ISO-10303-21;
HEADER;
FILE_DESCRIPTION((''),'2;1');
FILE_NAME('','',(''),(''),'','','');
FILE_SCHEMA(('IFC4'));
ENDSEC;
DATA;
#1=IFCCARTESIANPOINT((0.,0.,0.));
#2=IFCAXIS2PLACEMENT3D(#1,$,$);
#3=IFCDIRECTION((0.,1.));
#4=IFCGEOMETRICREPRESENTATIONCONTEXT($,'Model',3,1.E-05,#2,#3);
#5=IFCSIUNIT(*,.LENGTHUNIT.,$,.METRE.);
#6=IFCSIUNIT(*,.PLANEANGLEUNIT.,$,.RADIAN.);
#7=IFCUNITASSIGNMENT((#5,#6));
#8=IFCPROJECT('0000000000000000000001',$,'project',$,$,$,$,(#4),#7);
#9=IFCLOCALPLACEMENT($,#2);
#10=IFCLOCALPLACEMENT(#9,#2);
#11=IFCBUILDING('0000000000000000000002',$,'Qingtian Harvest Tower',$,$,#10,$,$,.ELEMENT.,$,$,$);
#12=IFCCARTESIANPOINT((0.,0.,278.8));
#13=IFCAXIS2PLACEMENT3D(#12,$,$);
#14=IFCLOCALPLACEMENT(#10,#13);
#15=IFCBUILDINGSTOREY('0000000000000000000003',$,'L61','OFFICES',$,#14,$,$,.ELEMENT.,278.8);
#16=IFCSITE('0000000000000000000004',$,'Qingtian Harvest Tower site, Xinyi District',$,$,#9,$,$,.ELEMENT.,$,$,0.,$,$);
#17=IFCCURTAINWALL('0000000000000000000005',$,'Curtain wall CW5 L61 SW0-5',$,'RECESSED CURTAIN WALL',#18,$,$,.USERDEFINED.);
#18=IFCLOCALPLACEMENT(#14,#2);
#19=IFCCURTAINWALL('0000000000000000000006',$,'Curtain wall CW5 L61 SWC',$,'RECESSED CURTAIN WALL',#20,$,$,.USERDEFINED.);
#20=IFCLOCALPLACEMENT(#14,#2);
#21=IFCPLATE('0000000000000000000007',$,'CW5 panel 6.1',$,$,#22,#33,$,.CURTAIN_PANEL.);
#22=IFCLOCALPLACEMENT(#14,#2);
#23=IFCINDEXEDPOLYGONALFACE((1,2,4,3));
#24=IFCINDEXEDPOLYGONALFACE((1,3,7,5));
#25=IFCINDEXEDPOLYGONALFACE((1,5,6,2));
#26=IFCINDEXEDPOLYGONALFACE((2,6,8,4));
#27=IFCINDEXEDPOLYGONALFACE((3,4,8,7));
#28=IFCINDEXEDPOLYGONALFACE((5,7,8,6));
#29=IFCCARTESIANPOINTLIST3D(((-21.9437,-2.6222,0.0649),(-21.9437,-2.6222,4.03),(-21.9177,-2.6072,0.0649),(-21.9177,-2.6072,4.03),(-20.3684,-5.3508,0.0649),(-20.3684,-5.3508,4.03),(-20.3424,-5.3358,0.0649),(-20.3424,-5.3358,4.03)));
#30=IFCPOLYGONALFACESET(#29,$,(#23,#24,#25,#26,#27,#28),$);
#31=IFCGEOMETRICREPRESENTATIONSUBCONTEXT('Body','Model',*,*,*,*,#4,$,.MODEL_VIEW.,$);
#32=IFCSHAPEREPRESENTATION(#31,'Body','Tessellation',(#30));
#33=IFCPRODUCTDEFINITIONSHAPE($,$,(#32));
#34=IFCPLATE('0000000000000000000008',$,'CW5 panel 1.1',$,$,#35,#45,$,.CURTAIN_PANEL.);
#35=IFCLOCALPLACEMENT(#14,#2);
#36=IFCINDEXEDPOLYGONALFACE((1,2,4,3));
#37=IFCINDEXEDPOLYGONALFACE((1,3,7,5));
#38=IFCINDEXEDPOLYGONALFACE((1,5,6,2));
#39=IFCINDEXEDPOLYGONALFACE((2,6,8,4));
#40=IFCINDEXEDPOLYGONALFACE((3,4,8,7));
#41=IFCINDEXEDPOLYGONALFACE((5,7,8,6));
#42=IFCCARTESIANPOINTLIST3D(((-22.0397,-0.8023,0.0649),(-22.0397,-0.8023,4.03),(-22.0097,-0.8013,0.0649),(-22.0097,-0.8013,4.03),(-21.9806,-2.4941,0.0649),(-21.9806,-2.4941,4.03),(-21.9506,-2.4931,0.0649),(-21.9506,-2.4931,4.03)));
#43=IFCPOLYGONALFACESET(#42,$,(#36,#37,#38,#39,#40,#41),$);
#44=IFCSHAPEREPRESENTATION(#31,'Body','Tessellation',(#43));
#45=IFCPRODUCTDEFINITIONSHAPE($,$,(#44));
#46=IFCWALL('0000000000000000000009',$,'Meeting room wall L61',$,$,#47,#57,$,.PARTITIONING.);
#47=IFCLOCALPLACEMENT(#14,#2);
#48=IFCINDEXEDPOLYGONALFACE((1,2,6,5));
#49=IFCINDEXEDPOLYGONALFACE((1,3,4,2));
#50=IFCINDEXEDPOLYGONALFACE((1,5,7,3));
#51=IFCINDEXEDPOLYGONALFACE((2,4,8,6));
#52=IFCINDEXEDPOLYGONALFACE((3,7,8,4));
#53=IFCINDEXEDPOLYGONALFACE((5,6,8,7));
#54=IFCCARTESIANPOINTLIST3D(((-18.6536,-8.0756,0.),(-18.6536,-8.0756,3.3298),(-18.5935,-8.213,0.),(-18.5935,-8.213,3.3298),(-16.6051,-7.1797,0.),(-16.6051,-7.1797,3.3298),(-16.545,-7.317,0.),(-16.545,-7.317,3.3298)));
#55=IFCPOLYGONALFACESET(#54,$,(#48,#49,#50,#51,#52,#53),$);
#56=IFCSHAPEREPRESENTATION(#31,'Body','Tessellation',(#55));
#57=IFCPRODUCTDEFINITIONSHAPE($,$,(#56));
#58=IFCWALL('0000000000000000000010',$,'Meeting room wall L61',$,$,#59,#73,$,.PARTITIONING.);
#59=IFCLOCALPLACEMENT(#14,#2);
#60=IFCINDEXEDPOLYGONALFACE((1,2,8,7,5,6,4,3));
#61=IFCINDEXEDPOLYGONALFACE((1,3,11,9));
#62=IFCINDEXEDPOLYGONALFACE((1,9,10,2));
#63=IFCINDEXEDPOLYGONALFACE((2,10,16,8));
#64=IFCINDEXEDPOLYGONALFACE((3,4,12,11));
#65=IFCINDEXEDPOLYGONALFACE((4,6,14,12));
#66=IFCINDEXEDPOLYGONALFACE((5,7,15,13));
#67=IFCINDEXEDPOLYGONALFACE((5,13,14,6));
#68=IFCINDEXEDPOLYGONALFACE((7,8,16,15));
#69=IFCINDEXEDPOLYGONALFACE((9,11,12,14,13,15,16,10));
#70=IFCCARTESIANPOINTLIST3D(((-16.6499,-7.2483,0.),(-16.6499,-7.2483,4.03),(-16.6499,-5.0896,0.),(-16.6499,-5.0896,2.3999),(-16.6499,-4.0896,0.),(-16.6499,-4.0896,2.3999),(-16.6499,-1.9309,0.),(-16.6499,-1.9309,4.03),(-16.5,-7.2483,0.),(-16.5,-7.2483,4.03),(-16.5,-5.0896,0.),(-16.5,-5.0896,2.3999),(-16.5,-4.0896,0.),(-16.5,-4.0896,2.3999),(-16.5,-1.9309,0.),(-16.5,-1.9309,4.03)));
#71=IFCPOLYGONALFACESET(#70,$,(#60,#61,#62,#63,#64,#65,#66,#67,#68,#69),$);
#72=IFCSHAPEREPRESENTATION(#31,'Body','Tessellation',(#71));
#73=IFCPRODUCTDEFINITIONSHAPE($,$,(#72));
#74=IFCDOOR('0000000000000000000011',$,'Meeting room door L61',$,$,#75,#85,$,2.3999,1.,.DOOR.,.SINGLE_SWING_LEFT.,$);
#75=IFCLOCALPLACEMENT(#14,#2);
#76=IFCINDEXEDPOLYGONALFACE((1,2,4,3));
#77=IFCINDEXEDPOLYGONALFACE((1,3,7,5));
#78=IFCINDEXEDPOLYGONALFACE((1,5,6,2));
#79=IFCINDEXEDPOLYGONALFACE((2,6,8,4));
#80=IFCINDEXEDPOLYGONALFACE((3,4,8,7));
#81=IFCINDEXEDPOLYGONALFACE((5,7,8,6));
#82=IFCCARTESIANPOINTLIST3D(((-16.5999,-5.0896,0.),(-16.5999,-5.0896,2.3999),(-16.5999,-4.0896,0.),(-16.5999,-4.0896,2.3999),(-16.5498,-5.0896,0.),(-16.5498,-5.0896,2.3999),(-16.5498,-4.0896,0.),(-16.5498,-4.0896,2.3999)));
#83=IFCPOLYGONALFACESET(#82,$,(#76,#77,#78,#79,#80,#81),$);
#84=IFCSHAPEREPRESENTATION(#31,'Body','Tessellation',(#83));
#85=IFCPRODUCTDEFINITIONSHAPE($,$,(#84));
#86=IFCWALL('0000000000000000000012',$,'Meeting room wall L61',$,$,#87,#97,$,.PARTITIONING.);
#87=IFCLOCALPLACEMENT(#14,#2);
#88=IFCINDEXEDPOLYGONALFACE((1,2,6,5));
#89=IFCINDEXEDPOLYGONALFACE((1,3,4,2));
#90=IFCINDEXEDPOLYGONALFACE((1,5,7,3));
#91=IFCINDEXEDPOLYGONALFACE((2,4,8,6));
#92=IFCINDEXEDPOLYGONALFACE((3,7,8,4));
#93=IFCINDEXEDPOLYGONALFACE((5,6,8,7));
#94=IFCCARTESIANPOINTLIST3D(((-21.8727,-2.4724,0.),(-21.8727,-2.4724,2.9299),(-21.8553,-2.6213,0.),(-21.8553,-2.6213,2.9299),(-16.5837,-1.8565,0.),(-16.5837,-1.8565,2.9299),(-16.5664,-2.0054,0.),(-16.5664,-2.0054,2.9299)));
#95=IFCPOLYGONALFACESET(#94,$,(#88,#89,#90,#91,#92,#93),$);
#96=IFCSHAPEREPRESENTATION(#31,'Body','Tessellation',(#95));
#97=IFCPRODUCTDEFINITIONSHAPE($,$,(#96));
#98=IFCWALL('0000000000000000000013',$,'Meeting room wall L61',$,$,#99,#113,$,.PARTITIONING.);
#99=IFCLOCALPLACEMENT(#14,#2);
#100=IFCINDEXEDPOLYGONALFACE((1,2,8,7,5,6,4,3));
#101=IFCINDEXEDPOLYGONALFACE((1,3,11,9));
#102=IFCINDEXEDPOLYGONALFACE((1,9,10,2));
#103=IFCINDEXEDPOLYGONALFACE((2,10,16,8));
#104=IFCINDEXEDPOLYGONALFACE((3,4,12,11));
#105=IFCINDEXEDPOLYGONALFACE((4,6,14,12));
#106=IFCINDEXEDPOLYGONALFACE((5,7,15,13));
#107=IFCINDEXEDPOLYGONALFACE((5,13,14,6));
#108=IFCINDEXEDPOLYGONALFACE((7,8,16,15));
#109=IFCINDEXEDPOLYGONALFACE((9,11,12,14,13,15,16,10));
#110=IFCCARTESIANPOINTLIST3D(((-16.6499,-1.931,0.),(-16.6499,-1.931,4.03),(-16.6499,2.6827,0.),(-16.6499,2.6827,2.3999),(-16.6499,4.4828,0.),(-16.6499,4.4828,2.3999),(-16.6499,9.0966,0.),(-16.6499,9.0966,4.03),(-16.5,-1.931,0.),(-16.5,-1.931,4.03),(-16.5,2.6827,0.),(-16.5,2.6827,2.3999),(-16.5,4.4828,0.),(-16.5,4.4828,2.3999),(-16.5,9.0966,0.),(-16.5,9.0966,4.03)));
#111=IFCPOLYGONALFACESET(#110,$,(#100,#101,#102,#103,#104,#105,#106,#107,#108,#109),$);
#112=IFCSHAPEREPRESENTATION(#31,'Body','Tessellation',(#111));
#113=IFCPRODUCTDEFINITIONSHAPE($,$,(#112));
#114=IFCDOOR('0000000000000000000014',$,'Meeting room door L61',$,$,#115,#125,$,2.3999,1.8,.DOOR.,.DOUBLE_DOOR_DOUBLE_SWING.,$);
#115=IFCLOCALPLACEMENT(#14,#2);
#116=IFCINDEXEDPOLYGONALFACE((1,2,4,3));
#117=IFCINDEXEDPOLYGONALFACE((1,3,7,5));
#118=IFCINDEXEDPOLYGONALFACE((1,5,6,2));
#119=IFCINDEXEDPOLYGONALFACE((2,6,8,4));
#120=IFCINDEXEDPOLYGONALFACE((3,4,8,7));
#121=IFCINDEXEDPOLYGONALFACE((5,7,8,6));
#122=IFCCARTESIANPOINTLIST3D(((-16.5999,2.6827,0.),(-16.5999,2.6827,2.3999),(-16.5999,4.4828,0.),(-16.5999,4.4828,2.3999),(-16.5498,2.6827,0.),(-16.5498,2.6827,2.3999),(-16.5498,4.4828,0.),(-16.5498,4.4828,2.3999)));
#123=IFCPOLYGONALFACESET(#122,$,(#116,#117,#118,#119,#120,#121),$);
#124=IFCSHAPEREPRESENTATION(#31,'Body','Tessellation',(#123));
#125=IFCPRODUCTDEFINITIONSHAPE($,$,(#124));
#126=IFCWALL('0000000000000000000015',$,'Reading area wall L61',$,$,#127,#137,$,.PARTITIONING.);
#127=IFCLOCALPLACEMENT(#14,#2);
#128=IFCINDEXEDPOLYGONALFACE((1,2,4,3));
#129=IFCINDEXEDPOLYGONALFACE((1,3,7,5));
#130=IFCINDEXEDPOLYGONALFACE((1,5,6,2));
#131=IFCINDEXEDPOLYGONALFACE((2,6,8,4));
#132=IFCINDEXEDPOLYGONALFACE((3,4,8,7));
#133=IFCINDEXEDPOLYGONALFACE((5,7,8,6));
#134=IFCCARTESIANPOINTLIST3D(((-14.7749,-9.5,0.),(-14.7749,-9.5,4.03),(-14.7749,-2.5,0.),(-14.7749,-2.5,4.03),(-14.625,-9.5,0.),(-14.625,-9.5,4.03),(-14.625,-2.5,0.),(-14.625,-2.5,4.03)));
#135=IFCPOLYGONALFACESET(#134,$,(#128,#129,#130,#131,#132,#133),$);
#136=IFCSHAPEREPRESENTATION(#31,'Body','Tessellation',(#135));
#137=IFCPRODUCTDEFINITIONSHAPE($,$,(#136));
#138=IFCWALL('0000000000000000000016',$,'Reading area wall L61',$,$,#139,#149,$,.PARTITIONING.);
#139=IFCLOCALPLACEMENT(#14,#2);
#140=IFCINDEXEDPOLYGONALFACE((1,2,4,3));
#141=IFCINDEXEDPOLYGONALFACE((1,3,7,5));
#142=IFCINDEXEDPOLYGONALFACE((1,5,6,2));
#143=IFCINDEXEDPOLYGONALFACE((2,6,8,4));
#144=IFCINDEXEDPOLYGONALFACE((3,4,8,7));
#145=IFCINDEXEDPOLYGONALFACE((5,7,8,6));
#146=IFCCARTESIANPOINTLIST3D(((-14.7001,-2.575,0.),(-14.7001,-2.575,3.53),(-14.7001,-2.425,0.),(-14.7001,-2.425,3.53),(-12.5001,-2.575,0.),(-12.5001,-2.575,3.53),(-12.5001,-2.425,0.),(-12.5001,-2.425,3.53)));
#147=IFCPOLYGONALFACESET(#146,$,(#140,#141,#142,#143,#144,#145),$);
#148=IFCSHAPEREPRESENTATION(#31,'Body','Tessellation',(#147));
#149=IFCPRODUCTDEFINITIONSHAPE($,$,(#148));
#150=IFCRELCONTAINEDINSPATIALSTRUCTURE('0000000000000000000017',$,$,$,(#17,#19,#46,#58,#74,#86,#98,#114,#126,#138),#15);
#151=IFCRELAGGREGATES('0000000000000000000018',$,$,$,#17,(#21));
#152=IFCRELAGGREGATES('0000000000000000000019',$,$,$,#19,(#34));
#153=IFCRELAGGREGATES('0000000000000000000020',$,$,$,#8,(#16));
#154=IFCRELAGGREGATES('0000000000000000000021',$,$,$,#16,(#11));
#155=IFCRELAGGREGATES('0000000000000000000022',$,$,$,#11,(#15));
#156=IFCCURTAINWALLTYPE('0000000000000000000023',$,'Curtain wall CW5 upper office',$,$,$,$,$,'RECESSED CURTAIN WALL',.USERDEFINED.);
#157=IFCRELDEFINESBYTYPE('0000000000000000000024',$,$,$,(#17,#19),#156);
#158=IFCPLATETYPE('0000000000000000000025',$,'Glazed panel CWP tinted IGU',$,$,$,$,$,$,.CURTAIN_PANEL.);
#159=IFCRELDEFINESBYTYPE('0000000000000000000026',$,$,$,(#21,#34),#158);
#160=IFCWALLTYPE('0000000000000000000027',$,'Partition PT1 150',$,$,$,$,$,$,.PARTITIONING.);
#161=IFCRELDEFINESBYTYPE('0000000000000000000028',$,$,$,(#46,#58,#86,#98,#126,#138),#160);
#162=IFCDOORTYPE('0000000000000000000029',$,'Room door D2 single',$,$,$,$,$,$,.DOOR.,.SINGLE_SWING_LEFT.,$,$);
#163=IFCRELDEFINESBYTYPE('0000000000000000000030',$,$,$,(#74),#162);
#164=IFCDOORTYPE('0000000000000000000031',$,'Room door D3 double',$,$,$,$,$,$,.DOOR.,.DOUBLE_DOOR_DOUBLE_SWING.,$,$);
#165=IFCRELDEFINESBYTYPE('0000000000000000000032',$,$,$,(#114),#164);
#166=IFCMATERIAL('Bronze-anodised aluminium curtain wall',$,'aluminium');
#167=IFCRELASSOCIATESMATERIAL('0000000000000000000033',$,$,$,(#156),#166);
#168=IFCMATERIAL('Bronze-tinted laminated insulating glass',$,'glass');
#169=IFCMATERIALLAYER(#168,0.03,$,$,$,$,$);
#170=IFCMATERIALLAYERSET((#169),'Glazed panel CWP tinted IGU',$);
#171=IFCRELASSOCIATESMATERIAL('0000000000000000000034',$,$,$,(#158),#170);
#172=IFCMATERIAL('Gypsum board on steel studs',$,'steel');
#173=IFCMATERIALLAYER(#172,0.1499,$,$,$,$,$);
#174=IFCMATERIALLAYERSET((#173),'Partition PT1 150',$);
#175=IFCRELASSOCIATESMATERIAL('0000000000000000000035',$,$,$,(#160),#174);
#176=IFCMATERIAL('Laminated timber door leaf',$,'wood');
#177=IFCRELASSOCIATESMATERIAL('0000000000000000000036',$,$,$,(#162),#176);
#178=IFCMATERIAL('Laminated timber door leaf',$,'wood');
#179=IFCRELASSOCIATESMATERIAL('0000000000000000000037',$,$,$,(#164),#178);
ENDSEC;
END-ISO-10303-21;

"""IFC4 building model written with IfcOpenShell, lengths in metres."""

from ifc_helpers import new_model, si_unit, direction, frame, frame_2d, origin, origin_2d, place, context, subcontext, project, spatial, rectangle, extrude, material, layer, layer_set, type_object, element, fill, aggregate, save


model = new_model("IFC4")

# Units and contexts
model_context = context("Model", 3, precision=1e-05, world=origin(), true_north=direction((0.0, 1.0)))
body_context = subcontext(model_context, "Body", "Model", "MODEL_VIEW")
ifc_project = project(units=[si_unit("LENGTHUNIT", "METRE"), si_unit("PLANEANGLEUNIT", "RADIAN")], contexts=[model_context])

# Site, building, storey
site_placement = place(None, origin())
site = spatial("IfcSite", under=ifc_project, at=site_placement, Name="Qingtian Harvest Tower site, Xinyi District", CompositionType="ELEMENT", RefElevation=0.0)
building_placement = place(site_placement, origin())
building = spatial("IfcBuilding", under=site, at=building_placement, Name="Qingtian Harvest Tower", CompositionType="ELEMENT")
storey_placement = place(building_placement, frame((0.0, 0.0, 278.8)))
storey = spatial("IfcBuildingStorey", under=building, at=storey_placement, Name="L61", Description="OFFICES", CompositionType="ELEMENT", Elevation=278.8)

# Curtain walls
ifc_material_1 = material(Name="Bronze-anodised aluminium curtain wall", Category="aluminium")
curtain_wall_type = type_object("IfcCurtainWallType", Name="Curtain wall CW5 upper office", ElementType="RECESSED CURTAIN WALL", PredefinedType="USERDEFINED", material=ifc_material_1)
curtain_wall_1_placement = place(storey_placement, origin())
curtain_wall_1 = element("IfcCurtainWall", 1, at=curtain_wall_1_placement, inside=storey, type_object=curtain_wall_type, Name="Curtain wall CW5 L61 SW0-5", ObjectType="RECESSED CURTAIN WALL", PredefinedType="USERDEFINED")
curtain_wall_2_placement = place(storey_placement, origin())
curtain_wall_2 = element("IfcCurtainWall", 2, at=curtain_wall_2_placement, inside=storey, type_object=curtain_wall_type, Name="Curtain wall CW5 L61 SWC", ObjectType="RECESSED CURTAIN WALL", PredefinedType="USERDEFINED")

# Plates
ifc_material_2 = material(Name="Bronze-tinted laminated insulating glass", Category="glass")
ifc_layer_1 = layer(ifc_material_2, 0.03)
ifc_layer_set_1 = layer_set([ifc_layer_1], Name="Glazed panel CWP tinted IGU")
plate_type = type_object("IfcPlateType", Name="Glazed panel CWP tinted IGU", PredefinedType="CURTAIN_PANEL", material=ifc_layer_set_1)
plate_1_placement = place(storey_placement, frame((-21.1431, -3.979, 0.0649), z_axis=(0.0, 0.0, 1.0), x_axis=(-0.5, 0.866025, 0.0)))
plate_1 = element("IfcPlate", 3, at=plate_1_placement, type_object=plate_type, Name="CW5 panel 6.1", PredefinedType="CURTAIN_PANEL", context=body_context, shape_type="SweptSolid", body=[
    extrude(rectangle(XDim=3.1506, YDim=0.03, at=origin_2d()), origin(), (0.0, 0.0, 1.0), 3.9651),
])
aggregate(curtain_wall_1, [plate_1])
plate_2_placement = place(storey_placement, frame((-21.9951, -1.6477, 0.0649), z_axis=(0.0, 0.0, 1.0), x_axis=(-0.034899, 0.999391, 0.0)))
plate_2 = element("IfcPlate", 4, at=plate_2_placement, type_object=plate_type, Name="CW5 panel 1.1", PredefinedType="CURTAIN_PANEL", context=body_context, shape_type="SweptSolid", body=[
    extrude(rectangle(XDim=1.6929, YDim=0.03, at=origin_2d()), origin(), (0.0, 0.0, 1.0), 3.9651),
])
aggregate(curtain_wall_2, [plate_2])

# Wall
ifc_material_3 = material(Name="Gypsum board on steel studs", Category="steel")
ifc_layer_2 = layer(ifc_material_3, 0.1499)
ifc_layer_set_2 = layer_set([ifc_layer_2], Name="Partition PT1 150")
wall_type = type_object("IfcWallType", Name="Partition PT1 150", PredefinedType="PARTITIONING", material=ifc_layer_set_2)
wall_1_placement = place(storey_placement, frame((-18.6235, -8.1443, 0.0), z_axis=(0.0, 0.0, 1.0), x_axis=(0.9162, 0.400721, 0.0)))
element("IfcWall", 5, at=wall_1_placement, inside=storey, type_object=wall_type, Name="Meeting room wall L61", PredefinedType="PARTITIONING", context=body_context, shape_type="SweptSolid", body=[
    extrude(rectangle(XDim=2.2358, YDim=0.1499, at=frame_2d((1.1179, 0.0))), origin(), (0.0, 0.0, 1.0), 3.3298),
])

# Wall, opening, door
wall_2_placement = place(storey_placement, frame((-16.575, -7.2483, 0.0), z_axis=(0.0, 0.0, 1.0), x_axis=(0.0, 1.0, 0.0)))
wall_2 = element("IfcWall", 6, at=wall_2_placement, inside=storey, type_object=wall_type, Name="Meeting room wall L61", PredefinedType="PARTITIONING", context=body_context, shape_type="SweptSolid", body=[
    extrude(rectangle(XDim=5.3174, YDim=0.1499, at=frame_2d((2.6587, 0.0))), origin(), (0.0, 0.0, 1.0), 4.03),
])
opening_1_placement = place(wall_2_placement, frame((2.1587, 0.0, 0.0)))
opening_1 = element("IfcOpeningElement", 7, at=opening_1_placement, cuts=wall_2, PredefinedType="OPENING", context=body_context, shape_type="SweptSolid", body=[
    extrude(rectangle(XDim=1.0, YDim=2.3999, at=frame_2d((0.5, 1.2))), frame((0.0, 0.085, 0.0), z_axis=(0.0, -1.0, 0.0), x_axis=(1.0, 0.0, 0.0)), (0.0, 0.0, 1.0), 0.1699),
])
ifc_material_4 = material(Name="Laminated timber door leaf", Category="wood")
door_type_1 = type_object("IfcDoorType", Name="Room door D2 single", OperationType="SINGLE_SWING_LEFT", PredefinedType="DOOR", material=ifc_material_4)
door_1_placement = place(opening_1_placement, origin())
door_1 = element("IfcDoor", 8, at=door_1_placement, inside=storey, type_object=door_type_1, Name="Meeting room door L61", OperationType="SINGLE_SWING_LEFT", OverallHeight=2.3999, OverallWidth=1.0, PredefinedType="DOOR", context=body_context, shape_type="SweptSolid", body=[
    extrude(rectangle(XDim=1.0, YDim=2.3999, at=frame_2d((0.5, 1.2))), frame((0.0, 0.0249, 0.0), z_axis=(0.0, -1.0, 0.0), x_axis=(1.0, 0.0, 0.0)), (0.0, 0.0, 1.0), 0.05),
])
fill(opening_1, door_1)

# Wall
wall_3_placement = place(storey_placement, frame((-21.864, -2.5469, 0.0), z_axis=(0.0, 0.0, 1.0), x_axis=(0.993287, 0.115679, 0.0)))
element("IfcWall", 9, at=wall_3_placement, inside=storey, type_object=wall_type, Name="Meeting room wall L61", PredefinedType="PARTITIONING", context=body_context, shape_type="SweptSolid", body=[
    extrude(rectangle(XDim=5.3247, YDim=0.1499, at=frame_2d((2.6624, 0.0))), origin(), (0.0, 0.0, 1.0), 2.9299),
])

# Wall, opening, door
wall_4_placement = place(storey_placement, frame((-16.575, -1.9309, 0.0), z_axis=(0.0, 0.0, 1.0), x_axis=(0.0, 1.0, 0.0)))
wall_4 = element("IfcWall", 10, at=wall_4_placement, inside=storey, type_object=wall_type, Name="Meeting room wall L61", PredefinedType="PARTITIONING", context=body_context, shape_type="SweptSolid", body=[
    extrude(rectangle(XDim=11.0276, YDim=0.1499, at=frame_2d((5.5137, 0.0))), origin(), (0.0, 0.0, 1.0), 4.03),
])
opening_2_placement = place(wall_4_placement, frame((4.6138, 0.0, 0.0)))
opening_2 = element("IfcOpeningElement", 11, at=opening_2_placement, cuts=wall_4, PredefinedType="OPENING", context=body_context, shape_type="SweptSolid", body=[
    extrude(rectangle(XDim=1.8, YDim=2.3999, at=frame_2d((0.8999, 1.2))), frame((0.0, 0.085, 0.0), z_axis=(0.0, -1.0, 0.0), x_axis=(1.0, 0.0, 0.0)), (0.0, 0.0, 1.0), 0.1699),
])
ifc_material_5 = material(Name="Laminated timber door leaf", Category="wood")
door_type_2 = type_object("IfcDoorType", Name="Room door D3 double", OperationType="DOUBLE_DOOR_DOUBLE_SWING", PredefinedType="DOOR", material=ifc_material_5)
door_2_placement = place(opening_2_placement, origin())
door_2 = element("IfcDoor", 12, at=door_2_placement, inside=storey, type_object=door_type_2, Name="Meeting room door L61", OperationType="DOUBLE_DOOR_DOUBLE_SWING", OverallHeight=2.3999, OverallWidth=1.8, PredefinedType="DOOR", context=body_context, shape_type="SweptSolid", body=[
    extrude(rectangle(XDim=1.8, YDim=2.3999, at=frame_2d((0.8999, 1.2))), frame((0.0, 0.0249, 0.0), z_axis=(0.0, -1.0, 0.0), x_axis=(1.0, 0.0, 0.0)), (0.0, 0.0, 1.0), 0.05),
])
fill(opening_2, door_2)

# Walls
wall_5_placement = place(storey_placement, frame((-14.7, -9.5, 0.0), z_axis=(0.0, 0.0, 1.0), x_axis=(0.0, 1.0, 0.0)))
element("IfcWall", 13, at=wall_5_placement, inside=storey, type_object=wall_type, Name="Reading area wall L61", PredefinedType="PARTITIONING", context=body_context, shape_type="SweptSolid", body=[
    extrude(rectangle(XDim=7.0, YDim=0.1499, at=frame_2d((3.5, 0.0))), origin(), (0.0, 0.0, 1.0), 4.03),
])
wall_6_placement = place(storey_placement, frame((-12.5, -2.5, 0.0), z_axis=(0.0, 0.0, 1.0), x_axis=(-1.0, 0.0, 0.0)))
element("IfcWall", 14, at=wall_6_placement, inside=storey, type_object=wall_type, Name="Reading area wall L61", PredefinedType="PARTITIONING", context=body_context, shape_type="SweptSolid", body=[
    extrude(rectangle(XDim=2.2, YDim=0.1499, at=frame_2d((1.1001, 0.0))), origin(), (0.0, 0.0, 1.0), 3.53),
])

save(model, "model.ifc")
